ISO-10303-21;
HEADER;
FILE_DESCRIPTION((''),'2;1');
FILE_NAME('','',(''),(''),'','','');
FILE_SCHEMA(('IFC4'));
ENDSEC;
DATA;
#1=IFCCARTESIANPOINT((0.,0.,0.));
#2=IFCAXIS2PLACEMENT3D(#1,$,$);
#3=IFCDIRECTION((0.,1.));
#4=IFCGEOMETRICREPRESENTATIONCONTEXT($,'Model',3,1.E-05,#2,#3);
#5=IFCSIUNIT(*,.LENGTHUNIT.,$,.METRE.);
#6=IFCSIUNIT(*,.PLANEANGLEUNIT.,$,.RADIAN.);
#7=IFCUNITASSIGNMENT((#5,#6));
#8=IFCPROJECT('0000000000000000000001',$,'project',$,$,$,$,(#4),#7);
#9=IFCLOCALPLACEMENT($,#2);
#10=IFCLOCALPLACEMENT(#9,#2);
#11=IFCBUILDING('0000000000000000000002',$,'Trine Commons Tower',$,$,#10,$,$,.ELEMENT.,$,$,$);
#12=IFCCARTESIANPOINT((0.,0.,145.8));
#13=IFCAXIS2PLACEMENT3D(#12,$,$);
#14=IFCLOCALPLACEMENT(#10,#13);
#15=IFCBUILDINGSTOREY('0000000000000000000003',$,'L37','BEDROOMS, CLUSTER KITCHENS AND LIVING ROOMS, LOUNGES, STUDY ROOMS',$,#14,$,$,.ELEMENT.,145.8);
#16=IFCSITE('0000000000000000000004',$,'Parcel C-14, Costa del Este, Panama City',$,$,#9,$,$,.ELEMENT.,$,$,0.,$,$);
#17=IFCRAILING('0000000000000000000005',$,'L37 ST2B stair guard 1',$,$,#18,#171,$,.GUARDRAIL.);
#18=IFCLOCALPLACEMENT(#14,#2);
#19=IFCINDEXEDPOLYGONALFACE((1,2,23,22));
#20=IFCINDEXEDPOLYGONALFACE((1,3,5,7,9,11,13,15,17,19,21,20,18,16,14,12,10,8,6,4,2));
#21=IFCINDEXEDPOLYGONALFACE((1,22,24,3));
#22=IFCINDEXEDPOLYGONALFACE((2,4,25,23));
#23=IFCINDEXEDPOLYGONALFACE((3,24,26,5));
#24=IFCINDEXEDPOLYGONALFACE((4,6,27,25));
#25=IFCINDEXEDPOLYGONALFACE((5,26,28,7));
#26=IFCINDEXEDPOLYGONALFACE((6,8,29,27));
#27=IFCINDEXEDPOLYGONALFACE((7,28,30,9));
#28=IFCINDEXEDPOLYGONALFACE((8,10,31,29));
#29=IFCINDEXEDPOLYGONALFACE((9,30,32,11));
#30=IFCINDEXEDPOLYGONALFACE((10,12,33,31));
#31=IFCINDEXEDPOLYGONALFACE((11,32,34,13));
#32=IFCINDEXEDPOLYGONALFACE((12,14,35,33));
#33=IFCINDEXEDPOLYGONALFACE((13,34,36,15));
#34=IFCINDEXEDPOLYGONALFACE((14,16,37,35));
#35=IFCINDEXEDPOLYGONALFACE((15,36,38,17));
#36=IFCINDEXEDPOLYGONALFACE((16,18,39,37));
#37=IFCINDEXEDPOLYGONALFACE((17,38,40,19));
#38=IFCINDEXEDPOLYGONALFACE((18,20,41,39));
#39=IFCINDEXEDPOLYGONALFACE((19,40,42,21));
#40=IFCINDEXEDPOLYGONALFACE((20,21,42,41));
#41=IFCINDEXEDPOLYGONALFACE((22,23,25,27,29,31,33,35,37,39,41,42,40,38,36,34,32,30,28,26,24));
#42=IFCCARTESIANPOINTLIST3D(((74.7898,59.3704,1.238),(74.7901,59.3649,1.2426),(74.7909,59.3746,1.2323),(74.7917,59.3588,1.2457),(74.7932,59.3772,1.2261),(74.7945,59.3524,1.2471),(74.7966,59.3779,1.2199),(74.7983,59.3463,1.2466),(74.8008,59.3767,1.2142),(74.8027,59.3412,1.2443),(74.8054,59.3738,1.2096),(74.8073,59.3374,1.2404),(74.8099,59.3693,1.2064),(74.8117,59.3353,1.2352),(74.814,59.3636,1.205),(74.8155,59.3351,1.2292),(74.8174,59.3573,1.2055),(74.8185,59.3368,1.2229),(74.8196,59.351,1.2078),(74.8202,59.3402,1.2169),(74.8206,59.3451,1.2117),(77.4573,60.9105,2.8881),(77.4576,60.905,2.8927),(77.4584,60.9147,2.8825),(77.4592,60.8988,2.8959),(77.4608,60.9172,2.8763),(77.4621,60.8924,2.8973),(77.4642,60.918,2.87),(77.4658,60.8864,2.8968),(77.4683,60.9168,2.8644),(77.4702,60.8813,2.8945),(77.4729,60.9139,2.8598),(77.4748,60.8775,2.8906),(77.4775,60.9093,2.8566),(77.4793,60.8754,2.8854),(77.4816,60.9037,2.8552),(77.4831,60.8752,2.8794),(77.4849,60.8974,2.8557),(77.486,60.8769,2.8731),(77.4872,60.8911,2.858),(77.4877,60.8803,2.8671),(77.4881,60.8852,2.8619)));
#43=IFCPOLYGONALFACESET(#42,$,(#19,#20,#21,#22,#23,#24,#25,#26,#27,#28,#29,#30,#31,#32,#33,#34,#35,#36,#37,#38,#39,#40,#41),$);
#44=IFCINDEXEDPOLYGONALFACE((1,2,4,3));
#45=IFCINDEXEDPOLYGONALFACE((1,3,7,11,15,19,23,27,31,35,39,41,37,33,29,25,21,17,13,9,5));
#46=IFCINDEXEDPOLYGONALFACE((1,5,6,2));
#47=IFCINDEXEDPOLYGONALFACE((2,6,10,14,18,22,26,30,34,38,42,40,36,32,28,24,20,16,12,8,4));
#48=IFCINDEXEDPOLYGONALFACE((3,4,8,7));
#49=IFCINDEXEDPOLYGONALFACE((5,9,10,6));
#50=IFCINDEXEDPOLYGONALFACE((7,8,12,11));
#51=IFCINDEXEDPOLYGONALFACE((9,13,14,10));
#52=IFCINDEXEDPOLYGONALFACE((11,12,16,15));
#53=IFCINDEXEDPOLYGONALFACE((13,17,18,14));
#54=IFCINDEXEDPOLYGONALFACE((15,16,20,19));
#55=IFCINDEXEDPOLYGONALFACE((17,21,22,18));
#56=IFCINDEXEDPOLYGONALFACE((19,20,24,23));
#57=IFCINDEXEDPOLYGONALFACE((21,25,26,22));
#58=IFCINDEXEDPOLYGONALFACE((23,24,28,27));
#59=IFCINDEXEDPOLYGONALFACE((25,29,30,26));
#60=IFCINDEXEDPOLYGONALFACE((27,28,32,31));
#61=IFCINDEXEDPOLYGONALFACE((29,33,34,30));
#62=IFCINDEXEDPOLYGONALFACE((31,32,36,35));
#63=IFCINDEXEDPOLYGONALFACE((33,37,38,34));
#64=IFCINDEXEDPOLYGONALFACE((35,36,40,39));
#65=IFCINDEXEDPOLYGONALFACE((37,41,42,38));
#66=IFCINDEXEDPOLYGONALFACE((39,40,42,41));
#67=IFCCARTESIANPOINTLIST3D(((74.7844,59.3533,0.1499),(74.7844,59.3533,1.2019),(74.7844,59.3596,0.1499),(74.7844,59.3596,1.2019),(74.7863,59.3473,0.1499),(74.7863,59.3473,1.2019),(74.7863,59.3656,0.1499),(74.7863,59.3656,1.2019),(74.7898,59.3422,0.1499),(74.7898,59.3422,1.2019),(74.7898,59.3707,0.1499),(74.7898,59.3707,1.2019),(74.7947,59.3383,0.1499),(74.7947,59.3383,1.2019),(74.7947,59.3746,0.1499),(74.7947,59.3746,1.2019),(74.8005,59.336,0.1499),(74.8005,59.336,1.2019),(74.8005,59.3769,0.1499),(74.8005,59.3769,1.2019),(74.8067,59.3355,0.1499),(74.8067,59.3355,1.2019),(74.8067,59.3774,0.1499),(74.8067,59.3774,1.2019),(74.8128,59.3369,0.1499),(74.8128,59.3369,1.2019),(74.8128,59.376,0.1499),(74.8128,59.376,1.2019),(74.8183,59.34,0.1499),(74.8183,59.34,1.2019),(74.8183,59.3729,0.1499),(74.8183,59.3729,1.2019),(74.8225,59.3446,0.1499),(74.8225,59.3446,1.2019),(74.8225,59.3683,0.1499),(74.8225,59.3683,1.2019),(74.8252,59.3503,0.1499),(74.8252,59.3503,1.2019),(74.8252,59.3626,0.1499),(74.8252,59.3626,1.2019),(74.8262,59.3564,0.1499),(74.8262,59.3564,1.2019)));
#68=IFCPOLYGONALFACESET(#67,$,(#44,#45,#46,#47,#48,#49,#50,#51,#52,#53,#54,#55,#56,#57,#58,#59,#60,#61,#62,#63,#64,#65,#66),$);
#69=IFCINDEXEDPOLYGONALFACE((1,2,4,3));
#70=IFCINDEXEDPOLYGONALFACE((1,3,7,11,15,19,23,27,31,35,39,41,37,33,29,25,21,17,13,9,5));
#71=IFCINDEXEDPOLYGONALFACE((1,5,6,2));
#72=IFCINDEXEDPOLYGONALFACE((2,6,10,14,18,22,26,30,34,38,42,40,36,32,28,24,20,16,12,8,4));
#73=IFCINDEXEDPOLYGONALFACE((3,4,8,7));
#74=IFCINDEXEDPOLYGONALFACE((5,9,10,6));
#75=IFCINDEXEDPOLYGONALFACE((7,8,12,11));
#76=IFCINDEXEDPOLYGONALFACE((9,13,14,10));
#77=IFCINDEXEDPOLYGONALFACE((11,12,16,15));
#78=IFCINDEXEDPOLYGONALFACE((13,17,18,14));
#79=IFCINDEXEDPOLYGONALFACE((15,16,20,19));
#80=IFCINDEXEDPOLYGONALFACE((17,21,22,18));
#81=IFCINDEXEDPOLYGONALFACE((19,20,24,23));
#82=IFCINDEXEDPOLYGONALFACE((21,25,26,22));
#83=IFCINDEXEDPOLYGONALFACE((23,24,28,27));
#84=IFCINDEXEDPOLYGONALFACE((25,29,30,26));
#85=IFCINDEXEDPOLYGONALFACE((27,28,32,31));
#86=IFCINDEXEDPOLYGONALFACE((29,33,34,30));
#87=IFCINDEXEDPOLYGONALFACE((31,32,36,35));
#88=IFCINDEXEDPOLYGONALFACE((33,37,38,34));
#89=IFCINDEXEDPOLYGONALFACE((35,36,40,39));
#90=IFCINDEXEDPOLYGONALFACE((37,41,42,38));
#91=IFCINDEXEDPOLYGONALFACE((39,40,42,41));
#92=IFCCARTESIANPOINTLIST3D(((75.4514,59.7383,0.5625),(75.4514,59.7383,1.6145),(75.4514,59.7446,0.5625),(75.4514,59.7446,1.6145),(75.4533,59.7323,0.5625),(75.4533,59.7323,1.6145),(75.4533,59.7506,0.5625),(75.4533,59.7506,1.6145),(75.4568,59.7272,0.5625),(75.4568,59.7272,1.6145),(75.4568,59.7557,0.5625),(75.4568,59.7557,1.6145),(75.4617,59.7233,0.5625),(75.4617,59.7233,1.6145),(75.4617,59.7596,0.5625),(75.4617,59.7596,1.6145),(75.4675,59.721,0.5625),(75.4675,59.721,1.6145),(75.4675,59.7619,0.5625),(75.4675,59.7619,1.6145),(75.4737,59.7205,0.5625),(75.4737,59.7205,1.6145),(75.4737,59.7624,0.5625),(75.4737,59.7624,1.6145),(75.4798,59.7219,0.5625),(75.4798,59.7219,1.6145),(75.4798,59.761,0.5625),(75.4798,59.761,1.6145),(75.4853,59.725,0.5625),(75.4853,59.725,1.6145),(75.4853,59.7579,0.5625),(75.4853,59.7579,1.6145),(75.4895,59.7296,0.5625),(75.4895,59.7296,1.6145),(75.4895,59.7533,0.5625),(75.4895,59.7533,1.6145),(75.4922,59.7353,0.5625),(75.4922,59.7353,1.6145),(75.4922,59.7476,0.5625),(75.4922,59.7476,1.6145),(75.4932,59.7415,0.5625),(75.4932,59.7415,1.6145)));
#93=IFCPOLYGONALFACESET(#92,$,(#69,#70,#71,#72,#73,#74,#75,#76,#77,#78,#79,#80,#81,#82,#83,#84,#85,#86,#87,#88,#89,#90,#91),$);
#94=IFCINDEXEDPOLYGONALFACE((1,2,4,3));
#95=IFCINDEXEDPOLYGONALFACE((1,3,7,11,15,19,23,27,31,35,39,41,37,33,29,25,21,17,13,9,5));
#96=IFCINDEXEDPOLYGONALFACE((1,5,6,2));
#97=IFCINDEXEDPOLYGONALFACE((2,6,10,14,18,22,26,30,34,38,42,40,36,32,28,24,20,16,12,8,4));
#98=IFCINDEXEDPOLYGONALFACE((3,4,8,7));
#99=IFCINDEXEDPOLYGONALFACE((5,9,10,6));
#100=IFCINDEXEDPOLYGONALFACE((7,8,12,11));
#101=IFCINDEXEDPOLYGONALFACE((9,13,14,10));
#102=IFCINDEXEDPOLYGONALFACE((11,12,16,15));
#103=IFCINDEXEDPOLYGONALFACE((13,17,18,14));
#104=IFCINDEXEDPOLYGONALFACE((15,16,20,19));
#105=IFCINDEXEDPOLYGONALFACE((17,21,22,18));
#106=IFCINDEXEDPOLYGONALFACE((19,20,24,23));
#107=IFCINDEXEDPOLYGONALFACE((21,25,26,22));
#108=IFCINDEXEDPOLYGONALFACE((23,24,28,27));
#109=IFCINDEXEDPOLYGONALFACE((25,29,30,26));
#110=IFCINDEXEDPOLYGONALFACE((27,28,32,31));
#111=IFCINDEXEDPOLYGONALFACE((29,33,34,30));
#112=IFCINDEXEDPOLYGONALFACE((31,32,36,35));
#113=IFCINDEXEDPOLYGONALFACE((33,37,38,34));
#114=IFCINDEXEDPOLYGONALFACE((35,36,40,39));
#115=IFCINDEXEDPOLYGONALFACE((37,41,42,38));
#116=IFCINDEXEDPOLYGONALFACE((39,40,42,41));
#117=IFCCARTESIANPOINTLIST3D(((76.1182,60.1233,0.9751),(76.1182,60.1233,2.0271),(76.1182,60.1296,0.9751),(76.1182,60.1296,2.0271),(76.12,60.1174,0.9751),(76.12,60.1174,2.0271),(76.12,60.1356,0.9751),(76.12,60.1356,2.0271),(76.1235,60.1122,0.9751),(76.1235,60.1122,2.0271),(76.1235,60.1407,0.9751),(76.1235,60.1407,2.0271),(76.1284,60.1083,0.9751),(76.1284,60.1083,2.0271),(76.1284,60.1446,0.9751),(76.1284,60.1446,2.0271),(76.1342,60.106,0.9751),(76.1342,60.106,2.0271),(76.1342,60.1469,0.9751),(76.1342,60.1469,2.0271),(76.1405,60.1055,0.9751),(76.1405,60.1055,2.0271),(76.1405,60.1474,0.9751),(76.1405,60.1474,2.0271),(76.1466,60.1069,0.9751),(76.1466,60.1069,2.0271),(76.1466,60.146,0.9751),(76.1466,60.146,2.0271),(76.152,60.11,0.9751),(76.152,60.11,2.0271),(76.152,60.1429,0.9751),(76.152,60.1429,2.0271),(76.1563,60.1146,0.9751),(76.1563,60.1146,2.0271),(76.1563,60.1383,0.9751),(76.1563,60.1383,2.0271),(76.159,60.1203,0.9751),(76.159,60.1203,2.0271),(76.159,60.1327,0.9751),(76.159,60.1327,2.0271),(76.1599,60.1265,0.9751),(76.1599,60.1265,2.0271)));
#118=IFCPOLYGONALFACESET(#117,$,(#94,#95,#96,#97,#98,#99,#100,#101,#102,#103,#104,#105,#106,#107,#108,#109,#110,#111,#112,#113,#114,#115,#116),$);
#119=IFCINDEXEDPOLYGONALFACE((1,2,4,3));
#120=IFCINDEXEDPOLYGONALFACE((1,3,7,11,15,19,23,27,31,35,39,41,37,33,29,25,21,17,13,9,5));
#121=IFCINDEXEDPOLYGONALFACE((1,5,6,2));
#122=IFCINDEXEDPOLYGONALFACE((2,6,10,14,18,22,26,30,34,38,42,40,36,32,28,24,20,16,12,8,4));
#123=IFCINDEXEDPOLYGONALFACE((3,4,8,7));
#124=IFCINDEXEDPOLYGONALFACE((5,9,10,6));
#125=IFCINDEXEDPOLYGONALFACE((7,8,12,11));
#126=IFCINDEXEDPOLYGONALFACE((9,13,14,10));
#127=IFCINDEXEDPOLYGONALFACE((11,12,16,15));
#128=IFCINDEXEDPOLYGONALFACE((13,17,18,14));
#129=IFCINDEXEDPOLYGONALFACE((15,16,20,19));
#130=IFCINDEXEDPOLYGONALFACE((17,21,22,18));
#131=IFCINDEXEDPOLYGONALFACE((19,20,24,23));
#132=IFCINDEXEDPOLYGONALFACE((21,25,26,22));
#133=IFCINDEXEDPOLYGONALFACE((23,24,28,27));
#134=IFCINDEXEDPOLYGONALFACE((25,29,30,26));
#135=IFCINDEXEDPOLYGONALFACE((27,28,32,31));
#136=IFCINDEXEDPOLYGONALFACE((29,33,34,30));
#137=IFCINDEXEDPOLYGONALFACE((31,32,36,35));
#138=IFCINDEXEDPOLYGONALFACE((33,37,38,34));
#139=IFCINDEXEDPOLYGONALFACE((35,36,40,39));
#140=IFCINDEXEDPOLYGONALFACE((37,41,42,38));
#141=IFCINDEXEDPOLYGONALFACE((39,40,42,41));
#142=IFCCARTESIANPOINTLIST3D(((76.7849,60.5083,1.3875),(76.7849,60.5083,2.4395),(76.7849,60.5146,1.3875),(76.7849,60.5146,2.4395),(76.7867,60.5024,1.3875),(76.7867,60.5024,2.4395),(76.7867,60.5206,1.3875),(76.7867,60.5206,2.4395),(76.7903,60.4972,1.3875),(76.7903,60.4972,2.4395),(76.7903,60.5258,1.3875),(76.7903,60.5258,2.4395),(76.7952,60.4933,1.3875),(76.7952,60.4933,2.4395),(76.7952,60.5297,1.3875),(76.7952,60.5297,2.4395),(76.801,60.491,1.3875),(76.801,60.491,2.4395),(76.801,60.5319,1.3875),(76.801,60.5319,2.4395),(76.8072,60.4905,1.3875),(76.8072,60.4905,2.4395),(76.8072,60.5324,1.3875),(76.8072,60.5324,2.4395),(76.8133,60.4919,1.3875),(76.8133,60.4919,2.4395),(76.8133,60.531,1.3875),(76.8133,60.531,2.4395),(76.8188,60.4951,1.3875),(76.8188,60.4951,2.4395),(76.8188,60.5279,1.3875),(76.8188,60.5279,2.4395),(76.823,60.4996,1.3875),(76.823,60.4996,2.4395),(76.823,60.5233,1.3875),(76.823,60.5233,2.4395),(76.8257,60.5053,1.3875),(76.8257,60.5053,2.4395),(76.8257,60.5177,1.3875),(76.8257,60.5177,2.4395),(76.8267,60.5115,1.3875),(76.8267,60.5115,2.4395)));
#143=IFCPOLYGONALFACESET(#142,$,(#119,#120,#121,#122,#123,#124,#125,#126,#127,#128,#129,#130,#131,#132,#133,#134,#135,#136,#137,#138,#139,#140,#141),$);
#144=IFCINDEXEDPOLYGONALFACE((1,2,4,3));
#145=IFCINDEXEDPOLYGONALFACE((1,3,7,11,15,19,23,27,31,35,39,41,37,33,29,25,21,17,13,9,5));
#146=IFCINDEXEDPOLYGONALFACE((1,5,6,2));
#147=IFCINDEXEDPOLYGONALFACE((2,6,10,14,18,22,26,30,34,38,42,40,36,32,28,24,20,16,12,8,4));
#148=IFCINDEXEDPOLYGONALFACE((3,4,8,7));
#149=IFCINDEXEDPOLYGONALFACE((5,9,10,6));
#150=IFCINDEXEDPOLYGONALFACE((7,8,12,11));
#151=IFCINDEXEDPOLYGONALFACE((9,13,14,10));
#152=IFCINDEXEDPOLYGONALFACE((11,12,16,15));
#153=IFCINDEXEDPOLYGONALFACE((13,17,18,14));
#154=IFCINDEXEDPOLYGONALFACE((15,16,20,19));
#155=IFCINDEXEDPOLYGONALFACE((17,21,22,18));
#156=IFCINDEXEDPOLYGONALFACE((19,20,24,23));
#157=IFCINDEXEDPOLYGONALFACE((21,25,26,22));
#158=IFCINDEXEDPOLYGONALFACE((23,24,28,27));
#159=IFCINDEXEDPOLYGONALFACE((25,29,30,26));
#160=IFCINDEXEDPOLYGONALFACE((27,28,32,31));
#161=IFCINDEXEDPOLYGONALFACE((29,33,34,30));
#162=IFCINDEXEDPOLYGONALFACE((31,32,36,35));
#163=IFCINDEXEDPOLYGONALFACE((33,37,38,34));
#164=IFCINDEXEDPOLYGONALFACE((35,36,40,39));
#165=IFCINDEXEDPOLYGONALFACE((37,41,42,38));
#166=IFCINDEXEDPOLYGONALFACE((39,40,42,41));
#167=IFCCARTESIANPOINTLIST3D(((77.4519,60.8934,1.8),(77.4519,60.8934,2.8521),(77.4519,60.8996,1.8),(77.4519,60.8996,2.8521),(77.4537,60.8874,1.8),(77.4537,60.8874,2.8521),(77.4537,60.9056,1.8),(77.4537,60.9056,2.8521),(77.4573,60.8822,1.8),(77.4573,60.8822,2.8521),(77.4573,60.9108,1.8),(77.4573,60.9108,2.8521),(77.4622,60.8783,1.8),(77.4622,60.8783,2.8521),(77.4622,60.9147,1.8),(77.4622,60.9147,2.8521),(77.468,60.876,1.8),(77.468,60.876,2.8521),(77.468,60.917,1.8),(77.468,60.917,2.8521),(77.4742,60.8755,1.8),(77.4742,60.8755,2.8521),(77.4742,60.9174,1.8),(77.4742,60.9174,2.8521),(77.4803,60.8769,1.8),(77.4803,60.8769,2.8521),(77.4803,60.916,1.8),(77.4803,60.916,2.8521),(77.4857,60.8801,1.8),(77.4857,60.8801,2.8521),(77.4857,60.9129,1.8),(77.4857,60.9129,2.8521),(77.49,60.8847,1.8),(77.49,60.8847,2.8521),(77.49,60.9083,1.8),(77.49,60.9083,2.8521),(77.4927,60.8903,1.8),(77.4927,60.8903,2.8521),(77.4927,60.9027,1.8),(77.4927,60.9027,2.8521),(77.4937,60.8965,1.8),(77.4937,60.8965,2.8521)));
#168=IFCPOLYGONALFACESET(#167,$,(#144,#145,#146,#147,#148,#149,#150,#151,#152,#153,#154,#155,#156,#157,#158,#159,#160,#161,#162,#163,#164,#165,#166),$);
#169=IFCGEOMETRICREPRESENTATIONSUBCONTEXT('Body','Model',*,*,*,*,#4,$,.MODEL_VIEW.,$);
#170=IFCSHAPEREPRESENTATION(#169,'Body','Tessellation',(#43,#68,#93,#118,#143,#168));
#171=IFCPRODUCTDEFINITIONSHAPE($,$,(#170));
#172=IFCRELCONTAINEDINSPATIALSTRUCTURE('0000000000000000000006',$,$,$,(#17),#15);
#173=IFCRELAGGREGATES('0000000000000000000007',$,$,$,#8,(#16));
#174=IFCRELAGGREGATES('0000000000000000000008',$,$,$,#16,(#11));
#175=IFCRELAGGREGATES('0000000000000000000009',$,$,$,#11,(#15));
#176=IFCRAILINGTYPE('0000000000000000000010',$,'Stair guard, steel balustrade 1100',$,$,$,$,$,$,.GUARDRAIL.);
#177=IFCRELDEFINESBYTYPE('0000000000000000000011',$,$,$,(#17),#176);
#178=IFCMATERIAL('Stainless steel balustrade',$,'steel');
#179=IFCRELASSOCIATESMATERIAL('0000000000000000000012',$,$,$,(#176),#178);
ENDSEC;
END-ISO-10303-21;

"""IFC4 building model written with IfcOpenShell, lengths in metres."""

from ifc_helpers import new_model, si_unit, direction, frame, origin, origin_2d, place, context, subcontext, project, spatial, circle, extrude, material, type_object, element, save


model = new_model("IFC4")

# Units and contexts
model_context = context("Model", 3, precision=1e-05, world=origin(), true_north=direction((0.0, 1.0)))
body_context = subcontext(model_context, "Body", "Model", "MODEL_VIEW")
ifc_project = project(units=[si_unit("LENGTHUNIT", "METRE"), si_unit("PLANEANGLEUNIT", "RADIAN")], contexts=[model_context])

# Site, building, storey
site_placement = place(None, origin())
site = spatial("IfcSite", under=ifc_project, at=site_placement, Name="Parcel C-14, Costa del Este, Panama City", CompositionType="ELEMENT", RefElevation=0.0)
building_placement = place(site_placement, origin())
building = spatial("IfcBuilding", under=site, at=building_placement, Name="Trine Commons Tower", CompositionType="ELEMENT")
storey_placement = place(building_placement, frame((0.0, 0.0, 145.8)))
storey = spatial("IfcBuildingStorey", under=building, at=storey_placement, Name="L37", Description="BEDROOMS, CLUSTER KITCHENS AND LIVING ROOMS, LOUNGES, STUDY ROOMS", CompositionType="ELEMENT", Elevation=145.8)

# Railing
ifc_material_1 = material(Name="Stainless steel balustrade", Category="steel")
railing_type_1 = type_object("IfcRailingType", Name="Stair guard, steel balustrade 1100", PredefinedType="GUARDRAIL", material=ifc_material_1)
railing_1_placement = place(storey_placement, frame((74.8052, 59.3564, 0.1499)))
element("IfcRailing", 1, at=railing_1_placement, inside=storey, type_object=railing_type_1, Name="L37 ST2B stair guard 1", PredefinedType="GUARDRAIL", context=body_context, shape_type="SweptSolid", body=[
    extrude(circle(Radius=0.0239, at=origin_2d()), frame((0.0, 0.0, 1.0762), z_axis=(0.76338, 0.440728, 0.472239), x_axis=(-0.499992, 0.86603, 0.0)), (0.0, 0.0, 1.0), 3.4944),
    extrude(circle(Radius=0.021, at=origin_2d()), origin(), (0.0, 0.0, 1.0), 1.052),
    extrude(circle(Radius=0.021, at=origin_2d()), frame((0.667, 0.385, 0.4126)), (0.0, 0.0, 1.0), 1.052),
    extrude(circle(Radius=0.021, at=origin_2d()), frame((1.3337, 0.77, 0.8252)), (0.0, 0.0, 1.0), 1.052),
    extrude(circle(Radius=0.021, at=origin_2d()), frame((2.0005, 1.155, 1.2375)), (0.0, 0.0, 1.0), 1.052),
    extrude(circle(Radius=0.021, at=origin_2d()), frame((2.6675, 1.54, 1.6501)), (0.0, 0.0, 1.0), 1.052),
])

save(model, "model.ifc")
